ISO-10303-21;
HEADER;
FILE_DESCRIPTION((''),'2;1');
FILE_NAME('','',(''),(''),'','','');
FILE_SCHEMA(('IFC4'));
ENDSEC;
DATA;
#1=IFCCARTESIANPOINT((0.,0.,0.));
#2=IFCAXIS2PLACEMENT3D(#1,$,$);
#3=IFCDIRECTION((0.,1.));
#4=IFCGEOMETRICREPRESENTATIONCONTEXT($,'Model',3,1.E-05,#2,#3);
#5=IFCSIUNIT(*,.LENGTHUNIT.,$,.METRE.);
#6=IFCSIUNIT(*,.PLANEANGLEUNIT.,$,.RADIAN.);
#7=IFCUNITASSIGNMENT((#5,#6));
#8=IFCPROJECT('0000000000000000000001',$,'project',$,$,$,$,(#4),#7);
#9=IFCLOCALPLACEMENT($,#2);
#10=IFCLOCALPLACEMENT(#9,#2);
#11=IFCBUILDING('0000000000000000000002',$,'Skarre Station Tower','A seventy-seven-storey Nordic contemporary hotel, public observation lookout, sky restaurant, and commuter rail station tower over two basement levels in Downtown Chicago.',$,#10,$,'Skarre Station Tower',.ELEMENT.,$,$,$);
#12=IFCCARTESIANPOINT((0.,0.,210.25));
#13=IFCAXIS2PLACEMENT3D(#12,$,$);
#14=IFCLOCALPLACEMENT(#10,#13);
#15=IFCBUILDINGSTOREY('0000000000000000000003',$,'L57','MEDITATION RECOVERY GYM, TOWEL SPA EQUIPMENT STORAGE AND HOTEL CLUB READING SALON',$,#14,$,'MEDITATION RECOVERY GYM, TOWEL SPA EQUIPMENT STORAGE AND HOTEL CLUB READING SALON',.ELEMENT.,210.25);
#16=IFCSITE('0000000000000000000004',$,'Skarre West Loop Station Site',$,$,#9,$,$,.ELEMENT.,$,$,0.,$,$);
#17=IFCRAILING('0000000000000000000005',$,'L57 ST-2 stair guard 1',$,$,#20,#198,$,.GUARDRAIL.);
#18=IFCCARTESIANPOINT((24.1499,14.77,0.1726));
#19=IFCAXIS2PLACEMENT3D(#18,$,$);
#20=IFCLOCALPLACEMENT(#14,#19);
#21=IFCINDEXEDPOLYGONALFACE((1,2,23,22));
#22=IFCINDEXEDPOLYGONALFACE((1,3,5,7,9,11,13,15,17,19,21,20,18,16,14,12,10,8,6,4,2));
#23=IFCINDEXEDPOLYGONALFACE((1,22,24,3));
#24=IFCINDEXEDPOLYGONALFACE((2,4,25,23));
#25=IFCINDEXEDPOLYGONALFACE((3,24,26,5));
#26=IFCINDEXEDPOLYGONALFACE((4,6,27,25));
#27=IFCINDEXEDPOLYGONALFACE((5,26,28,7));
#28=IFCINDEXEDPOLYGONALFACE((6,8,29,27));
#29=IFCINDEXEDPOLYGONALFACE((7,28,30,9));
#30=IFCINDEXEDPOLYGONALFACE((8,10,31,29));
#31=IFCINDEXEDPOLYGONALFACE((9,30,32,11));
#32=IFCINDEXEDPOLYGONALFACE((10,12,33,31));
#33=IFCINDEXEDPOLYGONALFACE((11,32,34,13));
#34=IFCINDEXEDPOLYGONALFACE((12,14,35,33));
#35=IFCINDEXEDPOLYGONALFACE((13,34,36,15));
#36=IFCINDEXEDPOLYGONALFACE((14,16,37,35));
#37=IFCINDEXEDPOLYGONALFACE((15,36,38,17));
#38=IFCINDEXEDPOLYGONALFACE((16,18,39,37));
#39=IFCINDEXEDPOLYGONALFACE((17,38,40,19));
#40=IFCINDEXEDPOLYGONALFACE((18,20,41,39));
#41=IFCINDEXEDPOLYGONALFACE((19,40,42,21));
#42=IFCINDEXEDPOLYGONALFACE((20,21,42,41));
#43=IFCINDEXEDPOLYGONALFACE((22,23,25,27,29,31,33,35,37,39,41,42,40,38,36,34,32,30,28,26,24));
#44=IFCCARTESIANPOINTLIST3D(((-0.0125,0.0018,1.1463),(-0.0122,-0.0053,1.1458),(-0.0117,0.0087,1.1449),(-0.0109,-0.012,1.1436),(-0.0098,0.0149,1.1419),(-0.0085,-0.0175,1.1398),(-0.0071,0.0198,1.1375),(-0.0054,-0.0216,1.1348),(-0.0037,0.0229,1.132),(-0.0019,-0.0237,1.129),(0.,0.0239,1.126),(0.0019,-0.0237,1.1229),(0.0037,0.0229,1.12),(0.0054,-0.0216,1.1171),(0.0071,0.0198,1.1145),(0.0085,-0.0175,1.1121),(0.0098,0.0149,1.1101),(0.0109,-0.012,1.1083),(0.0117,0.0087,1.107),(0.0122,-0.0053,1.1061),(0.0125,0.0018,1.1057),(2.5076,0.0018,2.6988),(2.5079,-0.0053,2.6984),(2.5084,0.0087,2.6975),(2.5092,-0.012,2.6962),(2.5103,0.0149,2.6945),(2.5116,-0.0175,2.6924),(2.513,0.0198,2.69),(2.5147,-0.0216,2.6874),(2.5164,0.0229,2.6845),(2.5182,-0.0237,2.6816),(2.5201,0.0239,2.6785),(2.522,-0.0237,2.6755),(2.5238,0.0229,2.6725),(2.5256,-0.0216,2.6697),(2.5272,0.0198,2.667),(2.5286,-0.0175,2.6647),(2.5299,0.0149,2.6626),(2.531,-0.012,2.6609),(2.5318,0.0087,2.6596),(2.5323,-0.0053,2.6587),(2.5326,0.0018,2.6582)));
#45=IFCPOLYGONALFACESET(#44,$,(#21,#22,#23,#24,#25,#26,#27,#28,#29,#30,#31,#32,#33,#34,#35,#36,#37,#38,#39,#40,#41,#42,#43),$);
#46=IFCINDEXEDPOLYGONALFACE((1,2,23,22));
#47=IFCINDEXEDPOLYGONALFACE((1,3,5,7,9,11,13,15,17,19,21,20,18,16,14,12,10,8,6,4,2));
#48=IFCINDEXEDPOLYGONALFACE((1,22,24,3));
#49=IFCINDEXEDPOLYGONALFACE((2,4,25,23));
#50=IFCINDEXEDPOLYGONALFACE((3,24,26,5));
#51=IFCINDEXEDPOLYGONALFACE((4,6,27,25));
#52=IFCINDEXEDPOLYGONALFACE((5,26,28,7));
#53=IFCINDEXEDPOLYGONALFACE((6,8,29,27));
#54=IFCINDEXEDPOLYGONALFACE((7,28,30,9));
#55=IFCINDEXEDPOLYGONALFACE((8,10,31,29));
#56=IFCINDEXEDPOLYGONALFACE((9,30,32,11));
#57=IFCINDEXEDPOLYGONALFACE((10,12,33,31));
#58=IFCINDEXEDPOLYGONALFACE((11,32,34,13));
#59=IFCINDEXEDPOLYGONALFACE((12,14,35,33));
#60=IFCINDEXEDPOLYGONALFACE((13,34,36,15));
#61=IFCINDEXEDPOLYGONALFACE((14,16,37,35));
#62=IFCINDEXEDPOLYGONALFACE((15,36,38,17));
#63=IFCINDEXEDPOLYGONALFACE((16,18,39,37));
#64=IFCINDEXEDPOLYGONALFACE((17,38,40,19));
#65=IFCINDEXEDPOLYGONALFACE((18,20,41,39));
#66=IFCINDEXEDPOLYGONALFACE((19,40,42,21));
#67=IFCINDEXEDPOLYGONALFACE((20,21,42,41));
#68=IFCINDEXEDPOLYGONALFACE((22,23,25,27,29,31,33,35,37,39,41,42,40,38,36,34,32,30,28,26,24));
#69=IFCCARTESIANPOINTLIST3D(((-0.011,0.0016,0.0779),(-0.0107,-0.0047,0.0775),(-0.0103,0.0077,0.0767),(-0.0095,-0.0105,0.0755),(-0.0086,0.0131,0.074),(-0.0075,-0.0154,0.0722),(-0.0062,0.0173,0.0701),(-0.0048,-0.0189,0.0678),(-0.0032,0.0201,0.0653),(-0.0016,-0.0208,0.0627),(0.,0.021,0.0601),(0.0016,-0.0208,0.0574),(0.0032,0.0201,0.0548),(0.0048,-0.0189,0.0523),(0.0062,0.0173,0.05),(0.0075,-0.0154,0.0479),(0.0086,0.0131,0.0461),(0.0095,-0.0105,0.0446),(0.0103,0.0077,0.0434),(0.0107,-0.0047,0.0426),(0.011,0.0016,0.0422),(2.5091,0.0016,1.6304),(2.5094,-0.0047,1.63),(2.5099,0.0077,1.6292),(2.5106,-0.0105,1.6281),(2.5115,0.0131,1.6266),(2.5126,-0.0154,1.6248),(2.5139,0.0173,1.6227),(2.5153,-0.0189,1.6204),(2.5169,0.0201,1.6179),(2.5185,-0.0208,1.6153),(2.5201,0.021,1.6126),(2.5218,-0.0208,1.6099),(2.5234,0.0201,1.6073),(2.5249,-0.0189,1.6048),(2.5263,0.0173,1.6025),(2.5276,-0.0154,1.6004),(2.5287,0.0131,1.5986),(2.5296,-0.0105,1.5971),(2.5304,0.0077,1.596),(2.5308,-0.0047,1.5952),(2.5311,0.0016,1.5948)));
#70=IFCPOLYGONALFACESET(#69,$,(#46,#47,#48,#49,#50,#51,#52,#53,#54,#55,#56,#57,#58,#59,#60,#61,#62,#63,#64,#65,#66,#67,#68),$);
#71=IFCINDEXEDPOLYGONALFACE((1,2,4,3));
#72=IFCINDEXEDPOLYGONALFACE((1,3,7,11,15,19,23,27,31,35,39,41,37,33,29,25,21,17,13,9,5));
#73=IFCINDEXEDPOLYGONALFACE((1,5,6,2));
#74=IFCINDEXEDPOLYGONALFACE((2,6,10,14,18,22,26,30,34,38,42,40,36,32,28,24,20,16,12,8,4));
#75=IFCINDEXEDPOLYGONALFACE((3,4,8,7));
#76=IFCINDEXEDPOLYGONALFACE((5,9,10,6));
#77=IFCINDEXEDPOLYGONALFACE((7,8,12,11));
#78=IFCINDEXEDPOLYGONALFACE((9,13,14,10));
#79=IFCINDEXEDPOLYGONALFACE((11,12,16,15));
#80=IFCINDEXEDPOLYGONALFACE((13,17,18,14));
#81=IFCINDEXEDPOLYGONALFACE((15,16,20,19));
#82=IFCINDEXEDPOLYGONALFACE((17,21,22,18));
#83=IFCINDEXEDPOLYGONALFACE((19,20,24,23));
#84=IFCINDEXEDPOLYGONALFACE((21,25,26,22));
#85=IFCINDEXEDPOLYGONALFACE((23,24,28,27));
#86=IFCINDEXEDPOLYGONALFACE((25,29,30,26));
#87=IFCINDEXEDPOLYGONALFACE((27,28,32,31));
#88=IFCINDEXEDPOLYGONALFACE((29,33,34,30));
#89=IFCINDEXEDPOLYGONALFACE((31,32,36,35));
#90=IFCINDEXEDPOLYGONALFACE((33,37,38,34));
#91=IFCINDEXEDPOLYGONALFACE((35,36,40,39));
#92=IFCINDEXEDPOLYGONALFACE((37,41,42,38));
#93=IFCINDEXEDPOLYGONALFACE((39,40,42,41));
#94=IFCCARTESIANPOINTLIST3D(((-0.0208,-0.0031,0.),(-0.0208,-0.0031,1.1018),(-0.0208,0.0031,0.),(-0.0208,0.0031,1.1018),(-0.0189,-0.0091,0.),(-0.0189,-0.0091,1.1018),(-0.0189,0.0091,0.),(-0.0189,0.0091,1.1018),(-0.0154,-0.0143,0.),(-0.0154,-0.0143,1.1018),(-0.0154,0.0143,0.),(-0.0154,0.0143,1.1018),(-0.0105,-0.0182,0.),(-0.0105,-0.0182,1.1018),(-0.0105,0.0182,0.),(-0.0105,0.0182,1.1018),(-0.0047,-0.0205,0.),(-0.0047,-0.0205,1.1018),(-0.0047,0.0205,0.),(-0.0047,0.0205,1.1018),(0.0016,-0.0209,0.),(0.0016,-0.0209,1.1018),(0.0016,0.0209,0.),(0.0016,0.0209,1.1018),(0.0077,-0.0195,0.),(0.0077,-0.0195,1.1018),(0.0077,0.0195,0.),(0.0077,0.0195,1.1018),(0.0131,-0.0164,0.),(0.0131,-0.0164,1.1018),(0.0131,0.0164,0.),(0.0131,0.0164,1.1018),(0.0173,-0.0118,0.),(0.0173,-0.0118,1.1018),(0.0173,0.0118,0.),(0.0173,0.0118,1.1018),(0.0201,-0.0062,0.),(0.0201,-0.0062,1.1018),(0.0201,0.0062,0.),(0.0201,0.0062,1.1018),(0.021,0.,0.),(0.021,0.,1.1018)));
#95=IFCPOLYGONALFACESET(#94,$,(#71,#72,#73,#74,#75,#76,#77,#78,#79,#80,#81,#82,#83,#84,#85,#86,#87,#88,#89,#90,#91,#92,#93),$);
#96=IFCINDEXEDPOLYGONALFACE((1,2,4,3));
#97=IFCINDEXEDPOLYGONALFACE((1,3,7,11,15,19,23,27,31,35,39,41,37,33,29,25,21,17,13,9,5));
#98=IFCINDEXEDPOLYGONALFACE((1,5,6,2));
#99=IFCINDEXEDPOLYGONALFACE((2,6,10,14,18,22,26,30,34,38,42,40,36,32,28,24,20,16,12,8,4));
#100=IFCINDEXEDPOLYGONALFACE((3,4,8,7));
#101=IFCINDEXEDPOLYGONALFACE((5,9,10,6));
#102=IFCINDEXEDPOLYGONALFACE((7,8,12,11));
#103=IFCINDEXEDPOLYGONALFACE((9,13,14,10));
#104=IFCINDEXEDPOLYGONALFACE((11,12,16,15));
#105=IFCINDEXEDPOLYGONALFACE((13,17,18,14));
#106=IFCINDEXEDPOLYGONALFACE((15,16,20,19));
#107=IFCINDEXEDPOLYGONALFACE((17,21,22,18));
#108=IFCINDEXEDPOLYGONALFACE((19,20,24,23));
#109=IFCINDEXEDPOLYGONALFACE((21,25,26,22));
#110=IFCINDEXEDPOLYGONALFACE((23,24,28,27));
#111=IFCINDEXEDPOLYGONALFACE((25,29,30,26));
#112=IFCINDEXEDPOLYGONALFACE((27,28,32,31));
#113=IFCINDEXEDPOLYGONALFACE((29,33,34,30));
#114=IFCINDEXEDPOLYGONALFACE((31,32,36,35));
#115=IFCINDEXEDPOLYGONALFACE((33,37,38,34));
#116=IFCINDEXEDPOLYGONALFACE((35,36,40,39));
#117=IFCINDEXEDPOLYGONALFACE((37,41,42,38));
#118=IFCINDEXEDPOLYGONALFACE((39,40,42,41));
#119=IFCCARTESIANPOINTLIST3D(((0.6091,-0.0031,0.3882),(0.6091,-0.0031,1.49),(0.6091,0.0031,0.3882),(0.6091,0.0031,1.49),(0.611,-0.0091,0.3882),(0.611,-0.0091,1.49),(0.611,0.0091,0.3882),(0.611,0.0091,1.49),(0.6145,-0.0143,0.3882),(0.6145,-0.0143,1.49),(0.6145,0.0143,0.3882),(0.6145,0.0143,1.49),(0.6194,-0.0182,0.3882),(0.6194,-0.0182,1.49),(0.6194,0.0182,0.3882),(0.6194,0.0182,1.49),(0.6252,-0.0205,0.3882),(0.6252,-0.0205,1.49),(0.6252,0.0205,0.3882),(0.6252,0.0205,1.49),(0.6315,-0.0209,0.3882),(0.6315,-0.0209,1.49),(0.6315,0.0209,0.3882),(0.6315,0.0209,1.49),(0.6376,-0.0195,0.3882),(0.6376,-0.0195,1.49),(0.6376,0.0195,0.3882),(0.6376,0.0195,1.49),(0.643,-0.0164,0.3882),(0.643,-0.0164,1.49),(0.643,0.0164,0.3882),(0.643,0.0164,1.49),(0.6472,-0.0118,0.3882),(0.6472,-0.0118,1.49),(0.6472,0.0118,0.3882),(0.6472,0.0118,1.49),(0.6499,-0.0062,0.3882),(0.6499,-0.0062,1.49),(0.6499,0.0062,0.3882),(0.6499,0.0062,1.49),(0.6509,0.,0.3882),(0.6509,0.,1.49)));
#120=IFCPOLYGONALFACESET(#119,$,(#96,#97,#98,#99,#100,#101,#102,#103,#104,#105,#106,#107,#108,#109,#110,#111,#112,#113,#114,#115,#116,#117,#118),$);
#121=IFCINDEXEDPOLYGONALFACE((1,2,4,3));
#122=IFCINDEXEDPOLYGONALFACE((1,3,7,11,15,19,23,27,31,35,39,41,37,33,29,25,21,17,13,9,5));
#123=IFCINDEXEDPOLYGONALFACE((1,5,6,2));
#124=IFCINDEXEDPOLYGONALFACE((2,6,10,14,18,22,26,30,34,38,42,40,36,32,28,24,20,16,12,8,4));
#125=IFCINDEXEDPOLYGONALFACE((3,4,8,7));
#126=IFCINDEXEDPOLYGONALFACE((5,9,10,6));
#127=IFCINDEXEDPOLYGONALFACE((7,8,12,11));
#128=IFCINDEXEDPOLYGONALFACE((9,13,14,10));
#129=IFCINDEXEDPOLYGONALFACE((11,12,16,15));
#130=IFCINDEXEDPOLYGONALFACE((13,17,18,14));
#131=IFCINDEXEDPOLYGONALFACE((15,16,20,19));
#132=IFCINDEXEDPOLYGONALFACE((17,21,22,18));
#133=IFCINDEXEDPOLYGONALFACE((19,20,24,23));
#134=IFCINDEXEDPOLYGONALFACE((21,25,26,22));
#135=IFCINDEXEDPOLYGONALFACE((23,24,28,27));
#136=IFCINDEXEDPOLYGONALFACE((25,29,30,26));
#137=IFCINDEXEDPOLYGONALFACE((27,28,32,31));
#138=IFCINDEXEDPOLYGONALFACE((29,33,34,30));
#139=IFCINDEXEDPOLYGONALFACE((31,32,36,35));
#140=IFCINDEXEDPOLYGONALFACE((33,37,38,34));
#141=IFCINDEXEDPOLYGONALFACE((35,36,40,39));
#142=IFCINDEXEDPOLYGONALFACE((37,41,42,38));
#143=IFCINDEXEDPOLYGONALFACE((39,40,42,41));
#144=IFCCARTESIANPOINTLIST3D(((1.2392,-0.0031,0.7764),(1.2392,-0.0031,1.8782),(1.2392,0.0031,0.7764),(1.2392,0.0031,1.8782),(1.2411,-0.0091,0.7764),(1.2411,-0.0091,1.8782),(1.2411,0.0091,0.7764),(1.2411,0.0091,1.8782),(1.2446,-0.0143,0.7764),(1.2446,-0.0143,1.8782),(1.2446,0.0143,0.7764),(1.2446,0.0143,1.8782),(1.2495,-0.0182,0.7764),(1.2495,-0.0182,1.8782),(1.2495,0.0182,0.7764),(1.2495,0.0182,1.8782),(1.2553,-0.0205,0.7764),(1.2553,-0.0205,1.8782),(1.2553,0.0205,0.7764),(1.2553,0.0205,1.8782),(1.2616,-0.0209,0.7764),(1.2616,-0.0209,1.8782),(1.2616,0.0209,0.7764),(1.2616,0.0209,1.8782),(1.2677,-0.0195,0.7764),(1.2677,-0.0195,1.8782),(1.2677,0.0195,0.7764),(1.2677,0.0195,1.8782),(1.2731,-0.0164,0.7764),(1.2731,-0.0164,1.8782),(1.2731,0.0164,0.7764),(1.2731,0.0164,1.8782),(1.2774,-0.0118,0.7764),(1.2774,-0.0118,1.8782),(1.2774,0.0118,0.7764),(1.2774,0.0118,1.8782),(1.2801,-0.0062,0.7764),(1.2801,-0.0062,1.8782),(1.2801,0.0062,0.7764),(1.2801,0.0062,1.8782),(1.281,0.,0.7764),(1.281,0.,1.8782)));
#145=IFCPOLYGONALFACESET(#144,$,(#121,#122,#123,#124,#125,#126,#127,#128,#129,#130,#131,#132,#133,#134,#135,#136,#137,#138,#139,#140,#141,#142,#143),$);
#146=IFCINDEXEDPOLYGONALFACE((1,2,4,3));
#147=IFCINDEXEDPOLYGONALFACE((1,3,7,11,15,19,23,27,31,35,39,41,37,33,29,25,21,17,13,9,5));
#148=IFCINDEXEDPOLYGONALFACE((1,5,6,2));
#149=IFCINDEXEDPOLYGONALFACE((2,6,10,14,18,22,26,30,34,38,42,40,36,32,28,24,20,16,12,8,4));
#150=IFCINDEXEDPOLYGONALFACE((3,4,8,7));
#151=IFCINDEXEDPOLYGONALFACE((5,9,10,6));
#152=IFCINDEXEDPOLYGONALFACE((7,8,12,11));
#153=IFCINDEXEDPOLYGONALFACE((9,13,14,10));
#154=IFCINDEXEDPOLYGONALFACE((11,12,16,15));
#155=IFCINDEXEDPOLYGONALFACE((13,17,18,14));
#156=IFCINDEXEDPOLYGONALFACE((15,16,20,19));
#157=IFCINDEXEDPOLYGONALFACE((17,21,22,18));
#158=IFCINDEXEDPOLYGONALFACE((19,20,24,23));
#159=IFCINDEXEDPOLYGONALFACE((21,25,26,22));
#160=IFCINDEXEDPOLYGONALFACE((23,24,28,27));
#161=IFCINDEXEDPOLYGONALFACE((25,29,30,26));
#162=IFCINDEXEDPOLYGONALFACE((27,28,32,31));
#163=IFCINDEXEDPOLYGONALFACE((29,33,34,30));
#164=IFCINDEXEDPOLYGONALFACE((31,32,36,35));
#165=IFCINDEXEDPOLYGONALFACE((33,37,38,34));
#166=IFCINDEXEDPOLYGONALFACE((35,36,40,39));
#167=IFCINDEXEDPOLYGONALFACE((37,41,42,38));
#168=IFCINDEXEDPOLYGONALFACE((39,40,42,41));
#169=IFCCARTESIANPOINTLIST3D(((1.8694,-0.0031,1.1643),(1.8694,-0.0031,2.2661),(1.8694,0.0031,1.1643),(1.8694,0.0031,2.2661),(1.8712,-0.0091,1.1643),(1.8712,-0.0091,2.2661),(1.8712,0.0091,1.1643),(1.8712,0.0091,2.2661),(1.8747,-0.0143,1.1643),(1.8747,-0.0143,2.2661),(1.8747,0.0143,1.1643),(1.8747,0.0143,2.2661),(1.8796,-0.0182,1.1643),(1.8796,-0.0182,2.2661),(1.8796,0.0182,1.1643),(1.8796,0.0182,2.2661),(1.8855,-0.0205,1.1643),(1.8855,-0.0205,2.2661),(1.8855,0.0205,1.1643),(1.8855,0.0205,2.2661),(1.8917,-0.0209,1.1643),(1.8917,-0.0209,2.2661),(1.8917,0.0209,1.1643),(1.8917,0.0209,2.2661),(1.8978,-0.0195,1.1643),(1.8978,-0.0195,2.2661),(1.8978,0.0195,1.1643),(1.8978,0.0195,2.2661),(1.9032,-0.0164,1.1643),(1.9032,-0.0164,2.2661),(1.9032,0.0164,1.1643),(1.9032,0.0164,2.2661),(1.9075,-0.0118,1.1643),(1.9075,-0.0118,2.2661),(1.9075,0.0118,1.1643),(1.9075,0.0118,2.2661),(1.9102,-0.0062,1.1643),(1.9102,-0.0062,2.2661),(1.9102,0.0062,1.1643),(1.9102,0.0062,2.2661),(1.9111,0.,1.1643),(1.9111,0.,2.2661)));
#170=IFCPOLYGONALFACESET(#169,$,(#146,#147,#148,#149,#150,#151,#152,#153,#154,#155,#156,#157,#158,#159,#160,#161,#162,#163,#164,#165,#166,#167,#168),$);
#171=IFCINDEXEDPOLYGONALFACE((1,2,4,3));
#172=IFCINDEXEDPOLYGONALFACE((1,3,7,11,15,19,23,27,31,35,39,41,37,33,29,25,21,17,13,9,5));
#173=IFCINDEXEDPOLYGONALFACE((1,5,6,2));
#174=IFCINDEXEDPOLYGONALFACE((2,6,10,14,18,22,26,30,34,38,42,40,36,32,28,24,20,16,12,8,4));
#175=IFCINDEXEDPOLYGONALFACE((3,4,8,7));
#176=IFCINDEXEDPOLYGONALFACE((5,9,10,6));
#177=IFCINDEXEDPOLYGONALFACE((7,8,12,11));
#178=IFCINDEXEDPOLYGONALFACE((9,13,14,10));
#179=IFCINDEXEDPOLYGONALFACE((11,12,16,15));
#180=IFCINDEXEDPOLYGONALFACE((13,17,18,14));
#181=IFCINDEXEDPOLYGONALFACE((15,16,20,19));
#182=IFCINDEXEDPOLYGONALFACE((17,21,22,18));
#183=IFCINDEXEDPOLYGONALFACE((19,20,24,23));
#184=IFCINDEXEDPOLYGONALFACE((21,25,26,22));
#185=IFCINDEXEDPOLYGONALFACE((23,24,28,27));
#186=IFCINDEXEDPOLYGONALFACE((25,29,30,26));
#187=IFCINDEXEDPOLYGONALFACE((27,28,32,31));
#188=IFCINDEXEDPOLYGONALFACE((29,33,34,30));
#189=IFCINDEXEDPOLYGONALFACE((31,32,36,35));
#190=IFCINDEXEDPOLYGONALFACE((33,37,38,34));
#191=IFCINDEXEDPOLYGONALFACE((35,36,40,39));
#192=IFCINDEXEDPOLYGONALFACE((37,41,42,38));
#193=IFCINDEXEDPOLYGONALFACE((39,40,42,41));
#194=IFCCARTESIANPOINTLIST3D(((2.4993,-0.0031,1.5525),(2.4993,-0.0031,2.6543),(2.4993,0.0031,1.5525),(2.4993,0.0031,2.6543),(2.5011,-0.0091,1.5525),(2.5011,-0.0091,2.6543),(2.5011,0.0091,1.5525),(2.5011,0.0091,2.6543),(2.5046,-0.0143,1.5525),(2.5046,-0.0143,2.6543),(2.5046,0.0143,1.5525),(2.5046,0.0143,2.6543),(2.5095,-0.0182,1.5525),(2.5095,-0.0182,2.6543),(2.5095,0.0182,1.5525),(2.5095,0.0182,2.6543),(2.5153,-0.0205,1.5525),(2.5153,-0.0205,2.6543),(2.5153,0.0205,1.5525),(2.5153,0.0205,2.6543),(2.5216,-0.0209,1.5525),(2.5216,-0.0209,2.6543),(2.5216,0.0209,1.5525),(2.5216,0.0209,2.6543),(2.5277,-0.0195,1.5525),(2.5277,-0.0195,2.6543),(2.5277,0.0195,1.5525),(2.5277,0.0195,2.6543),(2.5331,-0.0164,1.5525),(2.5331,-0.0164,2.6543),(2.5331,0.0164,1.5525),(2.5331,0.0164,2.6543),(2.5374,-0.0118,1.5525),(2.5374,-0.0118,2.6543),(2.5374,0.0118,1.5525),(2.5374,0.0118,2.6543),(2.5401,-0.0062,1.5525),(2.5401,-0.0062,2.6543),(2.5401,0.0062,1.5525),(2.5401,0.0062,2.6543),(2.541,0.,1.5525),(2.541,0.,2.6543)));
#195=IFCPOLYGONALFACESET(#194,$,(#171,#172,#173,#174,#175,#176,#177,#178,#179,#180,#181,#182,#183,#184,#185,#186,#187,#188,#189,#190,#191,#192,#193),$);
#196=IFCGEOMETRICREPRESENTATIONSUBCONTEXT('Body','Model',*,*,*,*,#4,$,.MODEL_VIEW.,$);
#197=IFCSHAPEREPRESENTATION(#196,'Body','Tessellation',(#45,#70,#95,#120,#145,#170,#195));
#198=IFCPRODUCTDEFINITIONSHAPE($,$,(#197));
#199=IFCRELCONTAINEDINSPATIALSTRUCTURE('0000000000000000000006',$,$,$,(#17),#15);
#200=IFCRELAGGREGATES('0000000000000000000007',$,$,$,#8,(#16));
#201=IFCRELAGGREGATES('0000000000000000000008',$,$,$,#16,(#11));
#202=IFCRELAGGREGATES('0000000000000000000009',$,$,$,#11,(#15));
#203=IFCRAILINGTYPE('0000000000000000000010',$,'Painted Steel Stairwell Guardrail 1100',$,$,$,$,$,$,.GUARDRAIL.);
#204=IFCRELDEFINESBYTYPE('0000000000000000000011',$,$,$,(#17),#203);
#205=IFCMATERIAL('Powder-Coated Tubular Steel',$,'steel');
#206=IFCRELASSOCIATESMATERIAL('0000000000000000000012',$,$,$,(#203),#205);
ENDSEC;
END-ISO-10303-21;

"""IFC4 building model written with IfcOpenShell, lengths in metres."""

from ifc_helpers import new_model, si_unit, direction, frame, origin, origin_2d, place, context, subcontext, project, spatial, circle, extrude, material, type_object, element, save


model = new_model("IFC4")

# Units and contexts
model_context = context("Model", 3, precision=1e-05, world=origin(), true_north=direction((0.0, 1.0)))
body_context = subcontext(model_context, "Body", "Model", "MODEL_VIEW")
ifc_project = project(units=[si_unit("LENGTHUNIT", "METRE"), si_unit("PLANEANGLEUNIT", "RADIAN")], contexts=[model_context])

# Site, building, storey
site_placement = place(None, origin())
site = spatial("IfcSite", under=ifc_project, at=site_placement, Name="Skarre West Loop Station Site", CompositionType="ELEMENT", RefElevation=0.0)
building_placement = place(site_placement, origin())
building = spatial("IfcBuilding", under=site, at=building_placement, Name="Skarre Station Tower", Description="A seventy-seven-storey Nordic contemporary hotel, public observation lookout, sky restaurant, and commuter rail station tower over two basement levels in Downtown Chicago.", LongName="Skarre Station Tower", CompositionType="ELEMENT")
storey_placement = place(building_placement, frame((0.0, 0.0, 210.25)))
storey = spatial("IfcBuildingStorey", under=building, at=storey_placement, Name="L57", Description="MEDITATION RECOVERY GYM, TOWEL SPA EQUIPMENT STORAGE AND HOTEL CLUB READING SALON", LongName="MEDITATION RECOVERY GYM, TOWEL SPA EQUIPMENT STORAGE AND HOTEL CLUB READING SALON", CompositionType="ELEMENT", Elevation=210.25)

# Railing
ifc_material_1 = material(Name="Powder-Coated Tubular Steel", Category="steel")
railing_type_1 = type_object("IfcRailingType", Name="Painted Steel Stairwell Guardrail 1100", PredefinedType="GUARDRAIL", material=ifc_material_1)
railing_1_placement = place(storey_placement, frame((24.1499, 14.77, 0.1726)))
element("IfcRailing", 1, at=railing_1_placement, inside=storey, type_object=railing_type_1, Name="L57 ST-2 stair guard 1", PredefinedType="GUARDRAIL", context=body_context, shape_type="SweptSolid", body=[
    extrude(circle(Radius=0.0239, at=origin_2d()), frame((0.0, 0.0, 1.126), z_axis=(0.8514, 0.0, 0.524516), x_axis=(0.0, 1.0, 0.0)), (0.0, 0.0, 1.0), 2.96),
    extrude(circle(Radius=0.021, at=origin_2d()), frame((0.0, 0.0, 0.0601), z_axis=(0.8514, 0.0, 0.524516), x_axis=(0.0, 1.0, 0.0)), (0.0, 0.0, 1.0), 2.96),
    extrude(circle(Radius=0.021, at=origin_2d()), origin(), (0.0, 0.0, 1.0), 1.1018),
    extrude(circle(Radius=0.021, at=origin_2d()), frame((0.6299, 0.0, 0.3882)), (0.0, 0.0, 1.0), 1.1018),
    extrude(circle(Radius=0.021, at=origin_2d()), frame((1.26, 0.0, 0.7764)), (0.0, 0.0, 1.0), 1.1018),
    extrude(circle(Radius=0.021, at=origin_2d()), frame((1.8901, 0.0, 1.1643)), (0.0, 0.0, 1.0), 1.1018),
    extrude(circle(Radius=0.021, at=origin_2d()), frame((2.52, 0.0, 1.5525)), (0.0, 0.0, 1.0), 1.1018),
])

save(model, "model.ifc")
